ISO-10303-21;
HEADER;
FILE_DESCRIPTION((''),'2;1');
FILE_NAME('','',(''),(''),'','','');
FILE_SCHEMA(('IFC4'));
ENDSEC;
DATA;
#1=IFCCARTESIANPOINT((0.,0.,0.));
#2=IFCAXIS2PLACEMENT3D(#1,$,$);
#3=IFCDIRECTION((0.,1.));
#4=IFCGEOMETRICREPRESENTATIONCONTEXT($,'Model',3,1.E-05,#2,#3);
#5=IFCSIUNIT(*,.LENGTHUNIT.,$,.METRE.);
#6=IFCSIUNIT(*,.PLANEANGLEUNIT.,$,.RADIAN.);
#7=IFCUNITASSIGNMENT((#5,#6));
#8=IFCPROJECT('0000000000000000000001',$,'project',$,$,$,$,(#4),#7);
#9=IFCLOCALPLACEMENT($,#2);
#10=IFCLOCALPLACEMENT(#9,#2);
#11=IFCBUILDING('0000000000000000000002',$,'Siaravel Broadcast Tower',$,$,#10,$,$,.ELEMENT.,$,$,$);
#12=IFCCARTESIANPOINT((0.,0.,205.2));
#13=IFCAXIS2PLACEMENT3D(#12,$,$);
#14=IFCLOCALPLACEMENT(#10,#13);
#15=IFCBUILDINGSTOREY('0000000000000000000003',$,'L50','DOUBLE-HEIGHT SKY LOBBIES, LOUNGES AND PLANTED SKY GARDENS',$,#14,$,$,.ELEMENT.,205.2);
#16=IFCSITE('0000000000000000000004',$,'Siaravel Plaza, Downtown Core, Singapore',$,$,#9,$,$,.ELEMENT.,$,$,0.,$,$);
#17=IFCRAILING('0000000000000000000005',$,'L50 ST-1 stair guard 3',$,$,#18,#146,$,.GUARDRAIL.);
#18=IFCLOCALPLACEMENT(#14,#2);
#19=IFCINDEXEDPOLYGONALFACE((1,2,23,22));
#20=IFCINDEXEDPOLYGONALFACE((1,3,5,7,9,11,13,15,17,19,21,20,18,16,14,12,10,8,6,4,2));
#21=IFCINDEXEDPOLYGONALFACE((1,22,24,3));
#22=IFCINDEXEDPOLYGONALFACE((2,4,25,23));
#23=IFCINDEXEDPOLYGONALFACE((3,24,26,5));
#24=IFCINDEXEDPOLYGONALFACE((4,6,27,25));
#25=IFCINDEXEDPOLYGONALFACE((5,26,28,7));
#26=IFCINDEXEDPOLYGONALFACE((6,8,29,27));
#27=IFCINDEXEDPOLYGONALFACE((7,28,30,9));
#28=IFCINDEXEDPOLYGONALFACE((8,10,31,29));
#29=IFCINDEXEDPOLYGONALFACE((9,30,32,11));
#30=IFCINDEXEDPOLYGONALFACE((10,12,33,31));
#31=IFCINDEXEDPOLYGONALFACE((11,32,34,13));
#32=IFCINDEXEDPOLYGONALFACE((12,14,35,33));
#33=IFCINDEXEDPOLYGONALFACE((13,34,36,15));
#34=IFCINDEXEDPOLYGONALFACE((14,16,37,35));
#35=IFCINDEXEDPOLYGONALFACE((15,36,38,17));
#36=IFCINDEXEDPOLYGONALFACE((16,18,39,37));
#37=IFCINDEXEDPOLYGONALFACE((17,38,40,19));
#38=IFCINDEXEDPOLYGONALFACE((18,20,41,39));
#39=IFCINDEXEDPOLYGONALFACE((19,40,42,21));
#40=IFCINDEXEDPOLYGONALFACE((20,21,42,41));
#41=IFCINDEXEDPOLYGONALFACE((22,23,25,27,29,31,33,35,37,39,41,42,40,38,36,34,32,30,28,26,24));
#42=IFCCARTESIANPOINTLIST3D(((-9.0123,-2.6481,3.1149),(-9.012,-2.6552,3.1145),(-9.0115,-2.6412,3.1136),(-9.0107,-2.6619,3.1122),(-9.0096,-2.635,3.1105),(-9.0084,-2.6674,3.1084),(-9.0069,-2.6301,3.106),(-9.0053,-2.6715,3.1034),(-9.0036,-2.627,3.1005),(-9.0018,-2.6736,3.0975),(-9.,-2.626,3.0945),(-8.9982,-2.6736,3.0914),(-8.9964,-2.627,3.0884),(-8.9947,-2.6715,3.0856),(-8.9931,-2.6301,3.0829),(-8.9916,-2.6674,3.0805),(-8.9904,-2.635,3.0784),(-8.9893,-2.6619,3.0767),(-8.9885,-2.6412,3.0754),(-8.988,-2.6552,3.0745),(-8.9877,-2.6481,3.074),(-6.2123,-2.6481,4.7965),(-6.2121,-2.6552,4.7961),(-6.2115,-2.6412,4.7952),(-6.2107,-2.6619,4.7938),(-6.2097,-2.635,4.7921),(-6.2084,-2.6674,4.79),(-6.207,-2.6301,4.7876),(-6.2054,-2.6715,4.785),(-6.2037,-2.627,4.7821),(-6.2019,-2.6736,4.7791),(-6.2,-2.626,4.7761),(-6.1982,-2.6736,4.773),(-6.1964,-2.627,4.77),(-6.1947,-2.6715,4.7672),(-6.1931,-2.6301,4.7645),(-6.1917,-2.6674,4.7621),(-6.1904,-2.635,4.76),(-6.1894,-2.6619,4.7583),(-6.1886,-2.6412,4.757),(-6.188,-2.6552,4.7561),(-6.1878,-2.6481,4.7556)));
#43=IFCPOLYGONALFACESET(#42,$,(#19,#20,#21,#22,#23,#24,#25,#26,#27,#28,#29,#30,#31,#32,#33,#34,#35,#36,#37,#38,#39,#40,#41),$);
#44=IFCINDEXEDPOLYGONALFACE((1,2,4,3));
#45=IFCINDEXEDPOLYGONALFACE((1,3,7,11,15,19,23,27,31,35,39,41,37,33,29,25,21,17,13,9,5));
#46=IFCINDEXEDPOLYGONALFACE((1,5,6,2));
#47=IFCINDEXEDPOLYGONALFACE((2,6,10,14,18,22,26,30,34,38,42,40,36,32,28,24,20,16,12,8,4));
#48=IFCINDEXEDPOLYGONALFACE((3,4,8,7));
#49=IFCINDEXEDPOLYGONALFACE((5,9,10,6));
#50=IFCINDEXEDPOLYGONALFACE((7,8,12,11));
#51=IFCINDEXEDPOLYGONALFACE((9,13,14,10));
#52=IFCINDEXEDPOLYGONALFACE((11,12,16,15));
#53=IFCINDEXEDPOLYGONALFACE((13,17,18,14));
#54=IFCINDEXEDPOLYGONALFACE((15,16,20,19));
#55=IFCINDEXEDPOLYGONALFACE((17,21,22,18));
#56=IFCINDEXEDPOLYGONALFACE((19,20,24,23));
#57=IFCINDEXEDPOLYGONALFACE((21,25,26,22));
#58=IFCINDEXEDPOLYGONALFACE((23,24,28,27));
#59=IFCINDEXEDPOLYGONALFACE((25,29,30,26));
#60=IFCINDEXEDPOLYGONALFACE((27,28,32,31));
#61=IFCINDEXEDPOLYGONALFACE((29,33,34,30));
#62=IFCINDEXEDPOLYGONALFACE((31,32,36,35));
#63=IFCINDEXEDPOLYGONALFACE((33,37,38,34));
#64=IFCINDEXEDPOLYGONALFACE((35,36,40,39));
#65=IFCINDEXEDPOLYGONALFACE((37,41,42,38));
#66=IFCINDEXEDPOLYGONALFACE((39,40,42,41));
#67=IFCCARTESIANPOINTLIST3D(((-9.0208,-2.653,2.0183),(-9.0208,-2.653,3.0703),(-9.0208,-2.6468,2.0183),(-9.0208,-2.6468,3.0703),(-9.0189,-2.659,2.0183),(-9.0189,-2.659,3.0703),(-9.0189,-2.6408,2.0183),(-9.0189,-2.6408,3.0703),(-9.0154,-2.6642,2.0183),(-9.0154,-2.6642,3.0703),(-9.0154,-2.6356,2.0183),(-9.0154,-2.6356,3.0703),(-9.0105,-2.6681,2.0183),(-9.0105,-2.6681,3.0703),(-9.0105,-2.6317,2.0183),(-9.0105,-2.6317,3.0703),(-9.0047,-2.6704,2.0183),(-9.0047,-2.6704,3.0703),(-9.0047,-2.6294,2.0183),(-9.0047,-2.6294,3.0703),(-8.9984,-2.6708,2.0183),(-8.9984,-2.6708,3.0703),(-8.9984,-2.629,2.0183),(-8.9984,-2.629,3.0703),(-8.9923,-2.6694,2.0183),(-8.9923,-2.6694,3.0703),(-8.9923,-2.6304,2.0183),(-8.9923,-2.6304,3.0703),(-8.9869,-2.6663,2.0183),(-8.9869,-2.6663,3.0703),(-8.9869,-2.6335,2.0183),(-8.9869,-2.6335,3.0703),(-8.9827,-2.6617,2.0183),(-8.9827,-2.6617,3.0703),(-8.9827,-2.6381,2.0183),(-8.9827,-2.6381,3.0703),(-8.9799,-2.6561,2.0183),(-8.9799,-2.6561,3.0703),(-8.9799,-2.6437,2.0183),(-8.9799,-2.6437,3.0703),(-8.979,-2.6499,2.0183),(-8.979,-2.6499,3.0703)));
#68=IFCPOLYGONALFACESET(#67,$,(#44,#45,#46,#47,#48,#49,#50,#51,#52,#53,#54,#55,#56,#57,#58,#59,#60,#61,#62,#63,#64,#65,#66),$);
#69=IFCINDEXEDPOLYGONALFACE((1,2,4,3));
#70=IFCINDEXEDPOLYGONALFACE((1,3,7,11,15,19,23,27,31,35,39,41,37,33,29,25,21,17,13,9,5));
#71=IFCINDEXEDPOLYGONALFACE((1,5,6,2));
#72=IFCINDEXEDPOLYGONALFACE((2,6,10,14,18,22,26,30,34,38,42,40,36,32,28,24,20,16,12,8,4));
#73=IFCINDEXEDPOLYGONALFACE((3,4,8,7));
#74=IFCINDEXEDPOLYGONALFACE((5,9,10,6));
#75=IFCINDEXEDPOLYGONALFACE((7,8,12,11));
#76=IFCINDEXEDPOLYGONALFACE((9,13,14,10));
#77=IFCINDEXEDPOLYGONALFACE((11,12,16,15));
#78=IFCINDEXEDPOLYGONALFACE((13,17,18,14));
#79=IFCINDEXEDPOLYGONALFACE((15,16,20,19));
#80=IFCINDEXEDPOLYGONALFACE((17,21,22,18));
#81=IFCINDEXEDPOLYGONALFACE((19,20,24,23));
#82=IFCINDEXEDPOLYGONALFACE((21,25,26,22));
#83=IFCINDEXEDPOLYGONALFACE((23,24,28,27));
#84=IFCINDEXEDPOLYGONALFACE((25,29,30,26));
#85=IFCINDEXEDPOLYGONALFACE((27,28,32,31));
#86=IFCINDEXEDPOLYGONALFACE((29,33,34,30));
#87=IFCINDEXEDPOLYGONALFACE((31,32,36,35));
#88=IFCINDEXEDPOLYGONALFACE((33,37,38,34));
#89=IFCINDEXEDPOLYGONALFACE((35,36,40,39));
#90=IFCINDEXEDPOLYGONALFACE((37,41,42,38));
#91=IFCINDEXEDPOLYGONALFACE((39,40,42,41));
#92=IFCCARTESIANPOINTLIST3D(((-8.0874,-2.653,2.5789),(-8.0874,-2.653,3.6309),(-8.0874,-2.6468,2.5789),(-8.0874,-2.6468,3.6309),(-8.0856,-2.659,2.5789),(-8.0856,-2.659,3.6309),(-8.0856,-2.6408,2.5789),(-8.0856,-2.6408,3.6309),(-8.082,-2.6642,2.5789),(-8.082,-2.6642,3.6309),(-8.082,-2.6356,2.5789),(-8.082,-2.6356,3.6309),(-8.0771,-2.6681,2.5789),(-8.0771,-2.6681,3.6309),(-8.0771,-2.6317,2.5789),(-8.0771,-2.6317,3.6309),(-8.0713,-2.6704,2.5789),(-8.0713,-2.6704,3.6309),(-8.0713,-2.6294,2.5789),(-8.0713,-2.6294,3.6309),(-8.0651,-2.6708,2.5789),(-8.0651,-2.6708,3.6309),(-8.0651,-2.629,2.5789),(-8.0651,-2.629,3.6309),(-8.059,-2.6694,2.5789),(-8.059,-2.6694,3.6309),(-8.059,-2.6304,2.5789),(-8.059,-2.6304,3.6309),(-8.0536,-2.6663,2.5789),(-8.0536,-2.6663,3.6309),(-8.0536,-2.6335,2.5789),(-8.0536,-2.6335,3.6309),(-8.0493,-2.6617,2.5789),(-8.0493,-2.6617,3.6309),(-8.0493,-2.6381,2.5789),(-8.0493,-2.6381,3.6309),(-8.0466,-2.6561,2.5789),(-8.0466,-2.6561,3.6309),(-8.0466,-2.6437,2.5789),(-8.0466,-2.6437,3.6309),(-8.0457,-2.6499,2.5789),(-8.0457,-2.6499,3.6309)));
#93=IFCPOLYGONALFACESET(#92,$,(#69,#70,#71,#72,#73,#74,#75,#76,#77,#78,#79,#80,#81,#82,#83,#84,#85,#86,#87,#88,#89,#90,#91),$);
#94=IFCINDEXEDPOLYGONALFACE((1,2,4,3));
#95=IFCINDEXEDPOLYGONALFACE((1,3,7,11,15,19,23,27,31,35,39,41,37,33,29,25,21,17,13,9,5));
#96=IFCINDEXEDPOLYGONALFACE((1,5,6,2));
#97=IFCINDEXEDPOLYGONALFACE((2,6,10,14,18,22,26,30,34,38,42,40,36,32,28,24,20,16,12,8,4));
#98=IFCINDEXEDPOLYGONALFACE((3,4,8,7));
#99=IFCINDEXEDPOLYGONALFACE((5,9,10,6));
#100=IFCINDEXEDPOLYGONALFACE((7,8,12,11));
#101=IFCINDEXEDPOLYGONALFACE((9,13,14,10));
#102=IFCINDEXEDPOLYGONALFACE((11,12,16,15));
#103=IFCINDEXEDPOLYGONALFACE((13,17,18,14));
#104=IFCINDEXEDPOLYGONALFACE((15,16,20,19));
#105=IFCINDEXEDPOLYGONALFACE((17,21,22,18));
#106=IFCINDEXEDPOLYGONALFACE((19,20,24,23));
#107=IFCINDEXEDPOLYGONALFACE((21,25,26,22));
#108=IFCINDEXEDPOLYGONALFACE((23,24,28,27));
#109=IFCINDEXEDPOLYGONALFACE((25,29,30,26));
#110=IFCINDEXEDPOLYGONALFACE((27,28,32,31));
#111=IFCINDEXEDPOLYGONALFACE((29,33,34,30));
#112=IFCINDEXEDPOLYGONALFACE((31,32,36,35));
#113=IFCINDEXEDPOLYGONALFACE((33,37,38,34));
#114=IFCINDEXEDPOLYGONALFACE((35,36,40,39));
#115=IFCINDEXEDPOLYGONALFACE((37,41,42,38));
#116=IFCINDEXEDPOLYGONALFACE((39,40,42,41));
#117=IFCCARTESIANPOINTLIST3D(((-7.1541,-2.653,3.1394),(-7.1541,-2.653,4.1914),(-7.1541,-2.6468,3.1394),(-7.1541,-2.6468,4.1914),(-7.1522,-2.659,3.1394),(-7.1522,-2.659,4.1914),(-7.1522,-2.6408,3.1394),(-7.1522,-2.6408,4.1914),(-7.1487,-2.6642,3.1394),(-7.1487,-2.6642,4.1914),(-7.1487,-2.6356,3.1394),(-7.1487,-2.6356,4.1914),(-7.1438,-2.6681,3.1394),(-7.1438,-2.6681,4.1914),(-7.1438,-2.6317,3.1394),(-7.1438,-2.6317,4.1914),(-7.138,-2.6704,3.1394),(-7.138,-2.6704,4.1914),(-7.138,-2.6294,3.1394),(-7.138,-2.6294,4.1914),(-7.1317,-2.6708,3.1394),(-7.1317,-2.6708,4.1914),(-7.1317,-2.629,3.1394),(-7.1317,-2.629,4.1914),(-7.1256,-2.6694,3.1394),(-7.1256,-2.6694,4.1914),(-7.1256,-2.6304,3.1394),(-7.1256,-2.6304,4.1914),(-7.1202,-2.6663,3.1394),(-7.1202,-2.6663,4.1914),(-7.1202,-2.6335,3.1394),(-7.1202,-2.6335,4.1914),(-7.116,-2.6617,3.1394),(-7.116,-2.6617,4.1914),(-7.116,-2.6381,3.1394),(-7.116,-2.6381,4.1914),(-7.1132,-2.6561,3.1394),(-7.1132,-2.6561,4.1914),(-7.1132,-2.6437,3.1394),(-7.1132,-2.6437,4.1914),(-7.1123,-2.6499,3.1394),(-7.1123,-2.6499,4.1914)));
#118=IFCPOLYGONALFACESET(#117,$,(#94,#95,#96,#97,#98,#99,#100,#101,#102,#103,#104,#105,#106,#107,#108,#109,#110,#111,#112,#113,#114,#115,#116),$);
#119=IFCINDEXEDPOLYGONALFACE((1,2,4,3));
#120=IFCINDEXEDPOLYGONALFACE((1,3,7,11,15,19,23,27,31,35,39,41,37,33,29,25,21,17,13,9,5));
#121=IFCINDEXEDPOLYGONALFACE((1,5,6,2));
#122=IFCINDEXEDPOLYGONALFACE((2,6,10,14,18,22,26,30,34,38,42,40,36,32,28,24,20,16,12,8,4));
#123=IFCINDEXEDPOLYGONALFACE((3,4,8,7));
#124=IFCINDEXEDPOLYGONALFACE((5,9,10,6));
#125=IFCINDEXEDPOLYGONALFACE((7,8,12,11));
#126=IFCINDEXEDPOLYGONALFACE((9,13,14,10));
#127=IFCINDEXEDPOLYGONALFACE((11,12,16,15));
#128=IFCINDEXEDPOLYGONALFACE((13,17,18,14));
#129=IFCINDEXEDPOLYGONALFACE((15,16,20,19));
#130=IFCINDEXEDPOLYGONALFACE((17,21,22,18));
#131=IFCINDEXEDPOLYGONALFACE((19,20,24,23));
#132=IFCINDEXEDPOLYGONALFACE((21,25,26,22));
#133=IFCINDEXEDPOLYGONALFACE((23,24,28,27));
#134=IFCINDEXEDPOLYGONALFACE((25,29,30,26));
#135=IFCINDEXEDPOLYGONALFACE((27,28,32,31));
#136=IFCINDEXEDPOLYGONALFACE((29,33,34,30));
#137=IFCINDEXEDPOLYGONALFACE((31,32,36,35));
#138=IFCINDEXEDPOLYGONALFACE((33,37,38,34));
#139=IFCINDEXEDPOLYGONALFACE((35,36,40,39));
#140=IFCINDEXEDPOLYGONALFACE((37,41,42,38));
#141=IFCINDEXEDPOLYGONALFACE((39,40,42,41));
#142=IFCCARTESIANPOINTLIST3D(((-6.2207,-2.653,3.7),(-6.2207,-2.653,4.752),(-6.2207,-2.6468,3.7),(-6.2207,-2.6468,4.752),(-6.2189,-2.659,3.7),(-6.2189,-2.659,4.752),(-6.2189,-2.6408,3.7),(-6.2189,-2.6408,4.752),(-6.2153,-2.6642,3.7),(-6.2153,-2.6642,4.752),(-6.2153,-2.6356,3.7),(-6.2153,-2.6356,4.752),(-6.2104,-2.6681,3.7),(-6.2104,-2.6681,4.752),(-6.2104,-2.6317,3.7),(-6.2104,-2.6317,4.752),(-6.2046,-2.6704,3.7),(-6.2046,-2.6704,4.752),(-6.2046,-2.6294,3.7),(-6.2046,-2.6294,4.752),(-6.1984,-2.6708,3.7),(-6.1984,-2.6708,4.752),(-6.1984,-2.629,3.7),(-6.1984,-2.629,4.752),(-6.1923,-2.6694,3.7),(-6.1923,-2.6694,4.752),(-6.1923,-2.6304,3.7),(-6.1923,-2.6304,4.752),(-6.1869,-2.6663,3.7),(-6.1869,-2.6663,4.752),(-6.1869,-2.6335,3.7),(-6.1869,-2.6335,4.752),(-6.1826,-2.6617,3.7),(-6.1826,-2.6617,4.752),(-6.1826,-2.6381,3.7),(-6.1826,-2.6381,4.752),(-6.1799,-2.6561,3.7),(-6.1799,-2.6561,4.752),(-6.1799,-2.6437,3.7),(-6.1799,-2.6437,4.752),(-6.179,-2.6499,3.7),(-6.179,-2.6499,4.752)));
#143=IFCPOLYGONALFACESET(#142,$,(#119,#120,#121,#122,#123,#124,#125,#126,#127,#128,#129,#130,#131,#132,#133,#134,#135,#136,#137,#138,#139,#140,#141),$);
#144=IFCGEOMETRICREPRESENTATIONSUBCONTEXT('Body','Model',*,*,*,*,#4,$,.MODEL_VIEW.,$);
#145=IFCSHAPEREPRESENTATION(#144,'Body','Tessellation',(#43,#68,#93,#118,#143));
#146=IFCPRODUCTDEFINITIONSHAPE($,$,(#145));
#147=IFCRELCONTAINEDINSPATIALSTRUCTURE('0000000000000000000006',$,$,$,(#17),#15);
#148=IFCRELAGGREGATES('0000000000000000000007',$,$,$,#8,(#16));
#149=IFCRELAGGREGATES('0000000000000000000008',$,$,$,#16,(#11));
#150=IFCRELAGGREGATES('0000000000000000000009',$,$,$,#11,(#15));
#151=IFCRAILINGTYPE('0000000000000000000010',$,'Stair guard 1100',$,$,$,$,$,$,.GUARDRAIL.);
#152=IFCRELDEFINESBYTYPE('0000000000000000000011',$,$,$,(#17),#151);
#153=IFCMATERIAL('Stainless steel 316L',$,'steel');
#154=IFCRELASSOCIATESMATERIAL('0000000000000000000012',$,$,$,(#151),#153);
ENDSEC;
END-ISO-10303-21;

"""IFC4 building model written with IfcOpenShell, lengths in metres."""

from ifc_helpers import new_model, si_unit, direction, frame, origin, origin_2d, place, context, subcontext, project, spatial, circle, extrude, material, type_object, element, save


model = new_model("IFC4")

# Units and contexts
model_context = context("Model", 3, precision=1e-05, world=origin(), true_north=direction((0.0, 1.0)))
body_context = subcontext(model_context, "Body", "Model", "MODEL_VIEW")
ifc_project = project(units=[si_unit("LENGTHUNIT", "METRE"), si_unit("PLANEANGLEUNIT", "RADIAN")], contexts=[model_context])

# Site, building, storey
site_placement = place(None, origin())
site = spatial("IfcSite", under=ifc_project, at=site_placement, Name="Siaravel Plaza, Downtown Core, Singapore", CompositionType="ELEMENT", RefElevation=0.0)
building_placement = place(site_placement, origin())
building = spatial("IfcBuilding", under=site, at=building_placement, Name="Siaravel Broadcast Tower", CompositionType="ELEMENT")
storey_placement = place(building_placement, frame((0.0, 0.0, 205.2)))
storey = spatial("IfcBuildingStorey", under=building, at=storey_placement, Name="L50", Description="DOUBLE-HEIGHT SKY LOBBIES, LOUNGES AND PLANTED SKY GARDENS", CompositionType="ELEMENT", Elevation=205.2)

# Shared definitions
ifc_material_1 = material(Name="Stainless steel 316L", Category="steel")

# Railing
railing_type_1 = type_object("IfcRailingType", Name="Stair guard 1100", PredefinedType="GUARDRAIL", material=ifc_material_1)
railing_1_placement = place(storey_placement, frame((-9.0, -2.6499, 2.0183)))
element("IfcRailing", 1, at=railing_1_placement, inside=storey, type_object=railing_type_1, Name="L50 ST-1 stair guard 3", PredefinedType="GUARDRAIL", context=body_context, shape_type="SweptSolid", body=[
    extrude(circle(Radius=0.0239, at=origin_2d()), frame((0.0, 0.0, 1.0762), z_axis=(0.857275, 0.0, 0.514858), x_axis=(0.0, 1.0, 0.0)), (0.0, 0.0, 1.0), 3.2661),
    extrude(circle(Radius=0.021, at=origin_2d()), origin(), (0.0, 0.0, 1.0), 1.052),
    extrude(circle(Radius=0.021, at=origin_2d()), frame((0.9333, 0.0, 0.5605)), (0.0, 0.0, 1.0), 1.052),
    extrude(circle(Radius=0.021, at=origin_2d()), frame((1.8667, 0.0, 1.1211)), (0.0, 0.0, 1.0), 1.052),
    extrude(circle(Radius=0.021, at=origin_2d()), frame((2.8, 0.0, 1.6816)), (0.0, 0.0, 1.0), 1.052),
])

save(model, "model.ifc")
